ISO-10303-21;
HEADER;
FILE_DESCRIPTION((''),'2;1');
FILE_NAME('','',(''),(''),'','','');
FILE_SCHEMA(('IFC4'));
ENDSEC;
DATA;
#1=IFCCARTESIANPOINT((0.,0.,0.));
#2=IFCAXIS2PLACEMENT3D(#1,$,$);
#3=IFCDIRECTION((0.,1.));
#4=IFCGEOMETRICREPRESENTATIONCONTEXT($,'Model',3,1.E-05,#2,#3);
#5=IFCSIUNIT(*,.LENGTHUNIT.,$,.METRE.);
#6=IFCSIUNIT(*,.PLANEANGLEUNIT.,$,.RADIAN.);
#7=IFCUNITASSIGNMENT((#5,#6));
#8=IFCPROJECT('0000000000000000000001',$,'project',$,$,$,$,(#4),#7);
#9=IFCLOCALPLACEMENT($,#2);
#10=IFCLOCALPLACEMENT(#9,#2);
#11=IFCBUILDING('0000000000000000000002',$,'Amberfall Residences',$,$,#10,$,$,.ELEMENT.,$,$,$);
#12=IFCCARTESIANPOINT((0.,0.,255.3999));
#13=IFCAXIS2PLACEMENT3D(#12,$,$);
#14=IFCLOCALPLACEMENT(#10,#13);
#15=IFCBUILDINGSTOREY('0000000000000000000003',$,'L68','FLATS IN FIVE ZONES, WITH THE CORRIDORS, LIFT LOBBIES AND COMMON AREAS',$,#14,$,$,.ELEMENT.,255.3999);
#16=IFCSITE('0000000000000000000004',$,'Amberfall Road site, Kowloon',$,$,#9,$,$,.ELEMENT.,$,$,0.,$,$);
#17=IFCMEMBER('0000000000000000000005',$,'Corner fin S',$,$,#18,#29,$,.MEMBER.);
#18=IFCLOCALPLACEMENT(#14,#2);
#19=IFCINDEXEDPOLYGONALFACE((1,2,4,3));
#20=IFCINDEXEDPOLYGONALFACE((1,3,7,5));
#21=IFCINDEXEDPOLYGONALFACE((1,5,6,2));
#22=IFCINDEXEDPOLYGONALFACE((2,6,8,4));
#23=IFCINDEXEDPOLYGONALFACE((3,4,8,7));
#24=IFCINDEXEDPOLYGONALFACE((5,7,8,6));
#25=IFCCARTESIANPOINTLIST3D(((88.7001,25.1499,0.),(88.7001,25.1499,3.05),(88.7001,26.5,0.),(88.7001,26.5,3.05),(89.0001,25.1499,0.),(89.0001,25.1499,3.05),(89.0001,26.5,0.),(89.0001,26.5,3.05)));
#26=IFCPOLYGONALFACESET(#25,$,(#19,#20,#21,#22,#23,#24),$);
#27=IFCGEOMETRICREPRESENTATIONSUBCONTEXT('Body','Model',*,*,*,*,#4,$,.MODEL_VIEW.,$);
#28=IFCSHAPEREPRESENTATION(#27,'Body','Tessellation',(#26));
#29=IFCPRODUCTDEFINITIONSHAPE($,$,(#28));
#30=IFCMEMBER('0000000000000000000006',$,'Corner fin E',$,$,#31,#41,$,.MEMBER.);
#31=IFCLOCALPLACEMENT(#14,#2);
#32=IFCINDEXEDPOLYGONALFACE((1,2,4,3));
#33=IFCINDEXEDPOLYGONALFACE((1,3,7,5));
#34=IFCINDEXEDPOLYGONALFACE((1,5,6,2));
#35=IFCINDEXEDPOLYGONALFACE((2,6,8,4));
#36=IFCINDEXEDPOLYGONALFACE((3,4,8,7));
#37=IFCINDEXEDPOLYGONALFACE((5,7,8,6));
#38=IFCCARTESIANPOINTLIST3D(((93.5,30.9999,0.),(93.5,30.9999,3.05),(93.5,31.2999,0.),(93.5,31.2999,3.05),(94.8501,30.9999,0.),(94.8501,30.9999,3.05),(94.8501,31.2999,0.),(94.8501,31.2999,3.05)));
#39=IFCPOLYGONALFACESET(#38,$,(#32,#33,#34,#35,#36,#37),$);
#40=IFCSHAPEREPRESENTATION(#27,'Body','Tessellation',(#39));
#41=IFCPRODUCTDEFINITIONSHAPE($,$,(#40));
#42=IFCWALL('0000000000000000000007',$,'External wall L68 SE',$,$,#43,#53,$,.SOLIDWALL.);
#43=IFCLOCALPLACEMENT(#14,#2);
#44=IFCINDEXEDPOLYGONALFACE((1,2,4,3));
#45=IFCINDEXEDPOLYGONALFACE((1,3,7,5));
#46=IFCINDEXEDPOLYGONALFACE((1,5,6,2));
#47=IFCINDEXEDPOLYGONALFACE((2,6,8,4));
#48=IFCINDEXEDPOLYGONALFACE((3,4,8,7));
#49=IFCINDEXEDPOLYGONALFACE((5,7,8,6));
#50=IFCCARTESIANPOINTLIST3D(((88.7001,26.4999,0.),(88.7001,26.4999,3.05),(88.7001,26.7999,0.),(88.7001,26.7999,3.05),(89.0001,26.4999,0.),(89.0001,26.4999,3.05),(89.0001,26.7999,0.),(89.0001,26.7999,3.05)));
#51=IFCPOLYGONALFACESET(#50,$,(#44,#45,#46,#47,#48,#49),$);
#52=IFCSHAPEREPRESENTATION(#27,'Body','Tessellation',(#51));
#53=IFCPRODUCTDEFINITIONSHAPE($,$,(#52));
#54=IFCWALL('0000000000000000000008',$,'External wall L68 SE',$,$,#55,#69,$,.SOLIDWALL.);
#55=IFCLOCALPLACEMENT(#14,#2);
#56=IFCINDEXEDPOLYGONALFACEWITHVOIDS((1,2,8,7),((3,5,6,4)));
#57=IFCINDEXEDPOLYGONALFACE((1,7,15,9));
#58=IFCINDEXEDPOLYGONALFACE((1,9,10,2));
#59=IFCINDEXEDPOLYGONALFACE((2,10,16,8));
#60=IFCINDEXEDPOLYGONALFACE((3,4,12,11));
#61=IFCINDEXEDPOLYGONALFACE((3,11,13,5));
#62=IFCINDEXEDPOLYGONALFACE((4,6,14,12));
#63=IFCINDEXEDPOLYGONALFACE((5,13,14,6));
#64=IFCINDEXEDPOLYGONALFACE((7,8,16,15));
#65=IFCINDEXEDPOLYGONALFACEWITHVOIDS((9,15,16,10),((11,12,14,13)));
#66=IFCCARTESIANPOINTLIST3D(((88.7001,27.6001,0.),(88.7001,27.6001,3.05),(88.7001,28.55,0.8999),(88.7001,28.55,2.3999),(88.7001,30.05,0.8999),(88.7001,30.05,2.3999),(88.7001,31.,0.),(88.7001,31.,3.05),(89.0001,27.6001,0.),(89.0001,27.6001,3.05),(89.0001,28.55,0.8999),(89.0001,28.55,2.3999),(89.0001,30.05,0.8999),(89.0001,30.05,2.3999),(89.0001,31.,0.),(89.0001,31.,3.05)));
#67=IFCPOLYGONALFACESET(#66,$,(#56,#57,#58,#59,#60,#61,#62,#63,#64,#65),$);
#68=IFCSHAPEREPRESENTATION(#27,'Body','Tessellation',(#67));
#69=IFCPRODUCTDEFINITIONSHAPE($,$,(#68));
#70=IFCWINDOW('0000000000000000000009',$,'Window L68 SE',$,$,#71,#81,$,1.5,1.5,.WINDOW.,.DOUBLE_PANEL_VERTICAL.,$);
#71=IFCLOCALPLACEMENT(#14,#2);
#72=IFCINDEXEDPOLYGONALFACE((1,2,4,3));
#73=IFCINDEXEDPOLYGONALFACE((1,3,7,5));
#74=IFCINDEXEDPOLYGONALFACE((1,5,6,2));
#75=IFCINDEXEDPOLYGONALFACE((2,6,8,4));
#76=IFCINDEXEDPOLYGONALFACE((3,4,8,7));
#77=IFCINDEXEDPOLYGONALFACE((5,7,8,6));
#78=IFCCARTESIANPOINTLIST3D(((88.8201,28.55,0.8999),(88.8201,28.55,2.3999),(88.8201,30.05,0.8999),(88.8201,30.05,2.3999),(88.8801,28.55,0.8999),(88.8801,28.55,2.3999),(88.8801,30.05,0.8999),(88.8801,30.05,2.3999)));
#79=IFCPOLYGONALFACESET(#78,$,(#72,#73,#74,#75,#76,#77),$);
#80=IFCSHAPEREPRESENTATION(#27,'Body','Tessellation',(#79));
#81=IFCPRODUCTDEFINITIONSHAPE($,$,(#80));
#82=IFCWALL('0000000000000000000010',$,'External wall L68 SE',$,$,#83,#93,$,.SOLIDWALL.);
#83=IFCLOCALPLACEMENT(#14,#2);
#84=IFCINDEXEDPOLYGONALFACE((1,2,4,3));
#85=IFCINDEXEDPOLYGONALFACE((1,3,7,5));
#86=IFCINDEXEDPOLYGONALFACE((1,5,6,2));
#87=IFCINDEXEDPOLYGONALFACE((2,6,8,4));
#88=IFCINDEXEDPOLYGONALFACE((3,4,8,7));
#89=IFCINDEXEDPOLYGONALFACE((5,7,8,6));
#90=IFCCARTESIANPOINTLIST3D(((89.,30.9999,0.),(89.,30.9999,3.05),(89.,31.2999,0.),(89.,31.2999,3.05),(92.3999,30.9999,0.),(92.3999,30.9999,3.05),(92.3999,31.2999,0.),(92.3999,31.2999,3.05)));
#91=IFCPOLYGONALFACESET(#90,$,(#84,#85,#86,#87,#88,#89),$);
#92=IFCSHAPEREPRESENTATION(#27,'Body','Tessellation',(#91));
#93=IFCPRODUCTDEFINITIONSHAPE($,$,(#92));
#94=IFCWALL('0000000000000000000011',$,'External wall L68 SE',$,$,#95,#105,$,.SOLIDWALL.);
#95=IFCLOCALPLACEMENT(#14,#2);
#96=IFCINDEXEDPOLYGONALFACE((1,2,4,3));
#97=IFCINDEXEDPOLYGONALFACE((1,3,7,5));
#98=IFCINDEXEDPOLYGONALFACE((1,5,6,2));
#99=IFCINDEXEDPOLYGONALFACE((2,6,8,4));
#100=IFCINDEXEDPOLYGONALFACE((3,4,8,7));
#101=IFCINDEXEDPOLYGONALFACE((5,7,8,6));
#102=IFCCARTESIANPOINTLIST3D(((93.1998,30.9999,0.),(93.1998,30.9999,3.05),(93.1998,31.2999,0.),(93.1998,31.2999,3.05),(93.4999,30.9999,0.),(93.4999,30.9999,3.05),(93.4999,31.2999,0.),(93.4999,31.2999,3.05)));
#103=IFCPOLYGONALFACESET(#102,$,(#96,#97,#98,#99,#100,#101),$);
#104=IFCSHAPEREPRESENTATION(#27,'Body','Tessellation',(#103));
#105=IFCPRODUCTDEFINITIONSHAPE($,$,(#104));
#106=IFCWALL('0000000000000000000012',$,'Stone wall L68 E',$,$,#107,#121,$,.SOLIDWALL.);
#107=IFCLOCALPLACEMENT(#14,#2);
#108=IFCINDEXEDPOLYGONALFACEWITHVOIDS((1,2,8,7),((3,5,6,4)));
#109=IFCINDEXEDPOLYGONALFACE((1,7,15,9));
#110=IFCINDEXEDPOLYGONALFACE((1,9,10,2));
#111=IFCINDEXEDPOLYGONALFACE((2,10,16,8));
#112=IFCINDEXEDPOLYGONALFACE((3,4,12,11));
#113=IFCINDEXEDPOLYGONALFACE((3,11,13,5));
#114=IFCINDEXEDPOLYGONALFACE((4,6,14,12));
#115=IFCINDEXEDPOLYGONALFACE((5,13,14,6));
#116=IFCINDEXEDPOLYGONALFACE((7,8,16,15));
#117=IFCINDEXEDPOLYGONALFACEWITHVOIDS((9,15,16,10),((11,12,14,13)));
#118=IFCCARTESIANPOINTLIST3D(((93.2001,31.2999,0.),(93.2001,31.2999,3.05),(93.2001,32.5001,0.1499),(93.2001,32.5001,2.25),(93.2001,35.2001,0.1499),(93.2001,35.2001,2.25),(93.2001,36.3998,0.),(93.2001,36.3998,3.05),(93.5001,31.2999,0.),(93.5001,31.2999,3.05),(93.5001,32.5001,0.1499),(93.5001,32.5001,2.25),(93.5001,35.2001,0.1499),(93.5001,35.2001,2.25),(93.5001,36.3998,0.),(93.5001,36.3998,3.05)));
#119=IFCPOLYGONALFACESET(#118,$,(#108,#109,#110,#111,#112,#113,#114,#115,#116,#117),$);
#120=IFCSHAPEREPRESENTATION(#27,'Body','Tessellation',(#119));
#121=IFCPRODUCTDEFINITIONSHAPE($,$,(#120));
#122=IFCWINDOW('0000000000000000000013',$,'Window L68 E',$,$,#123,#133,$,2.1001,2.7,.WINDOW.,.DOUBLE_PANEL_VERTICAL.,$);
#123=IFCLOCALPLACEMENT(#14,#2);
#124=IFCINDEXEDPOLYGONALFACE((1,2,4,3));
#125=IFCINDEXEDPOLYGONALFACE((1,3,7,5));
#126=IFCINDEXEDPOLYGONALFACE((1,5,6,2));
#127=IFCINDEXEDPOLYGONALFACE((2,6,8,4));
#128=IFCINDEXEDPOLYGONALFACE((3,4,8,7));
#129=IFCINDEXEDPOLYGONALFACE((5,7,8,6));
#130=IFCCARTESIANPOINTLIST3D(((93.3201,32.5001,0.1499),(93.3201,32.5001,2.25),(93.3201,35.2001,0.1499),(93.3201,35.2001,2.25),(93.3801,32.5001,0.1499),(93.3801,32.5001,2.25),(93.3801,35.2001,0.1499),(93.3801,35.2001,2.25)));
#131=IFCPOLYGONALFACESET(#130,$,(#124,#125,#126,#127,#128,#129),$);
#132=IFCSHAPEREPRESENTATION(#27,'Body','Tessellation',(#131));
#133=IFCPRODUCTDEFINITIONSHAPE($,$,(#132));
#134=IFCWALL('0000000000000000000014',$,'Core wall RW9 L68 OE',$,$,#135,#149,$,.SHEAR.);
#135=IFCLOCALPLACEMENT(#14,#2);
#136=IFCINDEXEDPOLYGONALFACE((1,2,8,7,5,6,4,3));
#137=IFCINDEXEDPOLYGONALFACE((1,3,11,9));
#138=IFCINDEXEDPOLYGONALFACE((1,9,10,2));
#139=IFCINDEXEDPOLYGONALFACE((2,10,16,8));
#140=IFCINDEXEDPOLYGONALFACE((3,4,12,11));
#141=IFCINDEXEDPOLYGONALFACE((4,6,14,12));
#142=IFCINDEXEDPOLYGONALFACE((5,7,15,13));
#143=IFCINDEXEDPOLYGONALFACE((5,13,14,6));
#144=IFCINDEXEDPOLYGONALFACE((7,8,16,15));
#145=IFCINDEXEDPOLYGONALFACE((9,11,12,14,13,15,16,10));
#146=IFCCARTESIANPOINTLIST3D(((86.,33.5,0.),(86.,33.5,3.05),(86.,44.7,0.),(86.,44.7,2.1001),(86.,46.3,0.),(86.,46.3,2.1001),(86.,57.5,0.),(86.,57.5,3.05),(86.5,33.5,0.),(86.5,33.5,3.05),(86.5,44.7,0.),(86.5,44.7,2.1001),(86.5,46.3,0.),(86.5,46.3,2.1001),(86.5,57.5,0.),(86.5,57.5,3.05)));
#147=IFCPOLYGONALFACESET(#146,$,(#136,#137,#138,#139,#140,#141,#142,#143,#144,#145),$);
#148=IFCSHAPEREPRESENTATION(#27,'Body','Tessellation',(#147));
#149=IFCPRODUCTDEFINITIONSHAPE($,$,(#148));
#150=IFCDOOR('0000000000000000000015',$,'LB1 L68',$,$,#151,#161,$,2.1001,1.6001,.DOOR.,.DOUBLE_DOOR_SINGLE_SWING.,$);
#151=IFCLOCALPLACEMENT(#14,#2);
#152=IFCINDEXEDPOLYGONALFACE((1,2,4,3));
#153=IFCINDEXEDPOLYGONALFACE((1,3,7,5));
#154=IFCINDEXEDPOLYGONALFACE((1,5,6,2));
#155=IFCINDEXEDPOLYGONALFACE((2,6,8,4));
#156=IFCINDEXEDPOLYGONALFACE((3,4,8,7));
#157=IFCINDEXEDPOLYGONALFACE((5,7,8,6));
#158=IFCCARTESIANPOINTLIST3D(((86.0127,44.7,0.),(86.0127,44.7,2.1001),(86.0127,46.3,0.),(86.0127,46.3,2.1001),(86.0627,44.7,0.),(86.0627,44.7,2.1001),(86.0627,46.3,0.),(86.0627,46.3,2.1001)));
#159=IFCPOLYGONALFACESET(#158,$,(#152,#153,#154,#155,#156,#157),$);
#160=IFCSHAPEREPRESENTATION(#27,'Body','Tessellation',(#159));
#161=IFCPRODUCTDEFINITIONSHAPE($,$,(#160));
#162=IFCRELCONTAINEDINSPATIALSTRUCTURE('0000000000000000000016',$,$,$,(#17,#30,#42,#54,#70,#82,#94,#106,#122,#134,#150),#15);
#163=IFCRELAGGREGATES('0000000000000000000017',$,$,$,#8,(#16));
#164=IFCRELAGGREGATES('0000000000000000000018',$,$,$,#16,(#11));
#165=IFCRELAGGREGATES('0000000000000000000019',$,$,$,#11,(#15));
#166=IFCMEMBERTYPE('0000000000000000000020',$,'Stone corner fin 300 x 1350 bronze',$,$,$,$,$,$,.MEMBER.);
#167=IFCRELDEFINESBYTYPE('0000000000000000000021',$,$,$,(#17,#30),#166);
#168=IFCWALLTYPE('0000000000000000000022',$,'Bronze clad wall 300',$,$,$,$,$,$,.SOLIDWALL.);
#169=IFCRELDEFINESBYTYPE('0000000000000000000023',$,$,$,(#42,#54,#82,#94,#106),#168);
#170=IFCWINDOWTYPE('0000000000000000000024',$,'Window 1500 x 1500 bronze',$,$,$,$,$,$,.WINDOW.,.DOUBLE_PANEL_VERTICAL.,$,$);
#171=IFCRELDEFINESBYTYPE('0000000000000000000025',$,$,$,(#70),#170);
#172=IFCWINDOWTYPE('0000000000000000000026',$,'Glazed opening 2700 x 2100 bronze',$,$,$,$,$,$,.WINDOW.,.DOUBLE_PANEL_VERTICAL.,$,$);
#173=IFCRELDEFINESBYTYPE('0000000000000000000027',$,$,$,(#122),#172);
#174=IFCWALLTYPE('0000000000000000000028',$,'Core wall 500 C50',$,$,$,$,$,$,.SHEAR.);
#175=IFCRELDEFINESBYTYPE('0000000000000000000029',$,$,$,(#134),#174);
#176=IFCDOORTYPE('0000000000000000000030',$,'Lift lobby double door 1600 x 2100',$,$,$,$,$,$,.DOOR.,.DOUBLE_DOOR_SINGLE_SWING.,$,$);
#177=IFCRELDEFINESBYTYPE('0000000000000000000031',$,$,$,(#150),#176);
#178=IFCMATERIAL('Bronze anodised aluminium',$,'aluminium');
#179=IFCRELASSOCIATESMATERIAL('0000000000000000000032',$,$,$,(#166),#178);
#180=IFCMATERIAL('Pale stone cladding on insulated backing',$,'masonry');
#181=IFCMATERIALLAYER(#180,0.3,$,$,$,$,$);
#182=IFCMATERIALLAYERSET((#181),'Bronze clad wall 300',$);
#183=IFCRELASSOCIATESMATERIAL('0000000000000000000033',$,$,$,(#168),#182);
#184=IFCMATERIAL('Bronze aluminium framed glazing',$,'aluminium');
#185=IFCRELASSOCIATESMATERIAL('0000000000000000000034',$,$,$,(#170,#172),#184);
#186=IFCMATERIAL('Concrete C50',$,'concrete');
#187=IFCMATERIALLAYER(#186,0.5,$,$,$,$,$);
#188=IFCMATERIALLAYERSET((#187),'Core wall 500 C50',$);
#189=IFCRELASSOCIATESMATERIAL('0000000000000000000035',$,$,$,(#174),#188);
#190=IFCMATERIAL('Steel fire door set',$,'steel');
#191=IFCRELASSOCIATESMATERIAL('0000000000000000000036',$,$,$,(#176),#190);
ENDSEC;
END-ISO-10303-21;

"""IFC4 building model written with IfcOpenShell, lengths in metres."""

from ifc_helpers import new_model, si_unit, direction, frame, frame_2d, origin, origin_2d, place, context, subcontext, project, spatial, rectangle, extrude, material, layer, layer_set, material_profile, profile_set, type_object, element, fill, save


model = new_model("IFC4")

# Units and contexts
model_context = context("Model", 3, precision=1e-05, world=origin(), true_north=direction((0.0, 1.0)))
body_context = subcontext(model_context, "Body", "Model", "MODEL_VIEW")
ifc_project = project(units=[si_unit("LENGTHUNIT", "METRE"), si_unit("PLANEANGLEUNIT", "RADIAN")], contexts=[model_context])

# Site, building, storey
site_placement = place(None, origin())
site = spatial("IfcSite", under=ifc_project, at=site_placement, Name="Amberfall Road site, Kowloon", CompositionType="ELEMENT", RefElevation=0.0)
building_placement = place(site_placement, origin())
building = spatial("IfcBuilding", under=site, at=building_placement, Name="Amberfall Residences", CompositionType="ELEMENT")
storey_placement = place(building_placement, frame((0.0, 0.0, 255.3999)))
storey = spatial("IfcBuildingStorey", under=building, at=storey_placement, Name="L68", Description="FLATS IN FIVE ZONES, WITH THE CORRIDORS, LIFT LOBBIES AND COMMON AREAS", CompositionType="ELEMENT", Elevation=255.3999)

# Shared definitions
ifc_material_1 = material(Name="Concrete C50", Category="concrete")

# Members
ifc_material_2 = material(Name="Bronze anodised aluminium", Category="aluminium")
ifc_material_profile_1 = material_profile(ifc_material_2, rectangle(XDim=1.3501, YDim=0.3, at=origin_2d()), Name="Stone corner fin 300 x 1350 bronze")
ifc_profile_set_1 = profile_set([ifc_material_profile_1], Name="Bronze anodised aluminium")
member_type = type_object("IfcMemberType", Name="Stone corner fin 300 x 1350 bronze", PredefinedType="MEMBER", material=ifc_profile_set_1)
for number, where, z_axis, x_axis, name in (
    (1, (88.8501, 25.825, 0.0), (0.0, 0.0, 1.0), (0.0, 1.0, 0.0), "Corner fin S"),
    (2, (94.175, 31.1499, 0.0), (0.0, 0.0, 1.0), (-1.0, 0.0, 0.0), "Corner fin E"),
):
    element("IfcMember", number, at=place(storey_placement, frame(where, z_axis=z_axis, x_axis=x_axis)), inside=storey, type_object=member_type, Name=name, PredefinedType="MEMBER", context=body_context, shape_type="SweptSolid", body=[
        extrude(rectangle(XDim=1.3501, YDim=0.3, at=origin_2d()), origin(), (0.0, 0.0, 1.0), 3.05),
    ])

# Wall
ifc_material_3 = material(Name="Pale stone cladding on insulated backing", Category="masonry")
ifc_layer_1 = layer(ifc_material_3, 0.3)
ifc_layer_set_1 = layer_set([ifc_layer_1], Name="Bronze clad wall 300")
wall_type_1 = type_object("IfcWallType", Name="Bronze clad wall 300", PredefinedType="SOLIDWALL", material=ifc_layer_set_1)
wall_1_placement = place(storey_placement, frame((88.8501, 26.5, 0.0), z_axis=(0.0, 0.0, 1.0), x_axis=(0.0, 1.0, 0.0)))
element("IfcWall", 3, at=wall_1_placement, inside=storey, type_object=wall_type_1, Name="External wall L68 SE", PredefinedType="SOLIDWALL", context=body_context, shape_type="SweptSolid", body=[
    extrude(rectangle(XDim=0.3, YDim=0.3, at=frame_2d((0.1499, 0.0))), origin(), (0.0, 0.0, 1.0), 3.05),
])

# Wall, opening, window
wall_2_placement = place(storey_placement, frame((88.8501, 27.6001, 0.0), z_axis=(0.0, 0.0, 1.0), x_axis=(0.0, 1.0, 0.0)))
wall_2 = element("IfcWall", 4, at=wall_2_placement, inside=storey, type_object=wall_type_1, Name="External wall L68 SE", PredefinedType="SOLIDWALL", context=body_context, shape_type="SweptSolid", body=[
    extrude(rectangle(XDim=3.3999, YDim=0.3, at=frame_2d((1.7, 0.0))), origin(), (0.0, 0.0, 1.0), 3.05),
])
opening_1_placement = place(wall_2_placement, frame((0.95, 0.0, 0.8999)))
opening_1 = element("IfcOpeningElement", 5, at=opening_1_placement, cuts=wall_2, PredefinedType="OPENING", context=body_context, shape_type="SweptSolid", body=[
    extrude(rectangle(XDim=1.5, YDim=1.5, at=frame_2d((0.75, 0.75))), frame((0.0, 0.1599, 0.0), z_axis=(0.0, -1.0, 0.0), x_axis=(1.0, 0.0, 0.0)), (0.0, 0.0, 1.0), 0.3201),
])
ifc_material_4 = material(Name="Bronze aluminium framed glazing", Category="aluminium")
window_type_1 = type_object("IfcWindowType", Name="Window 1500 x 1500 bronze", PartitioningType="DOUBLE_PANEL_VERTICAL", PredefinedType="WINDOW", material=ifc_material_4)
window_1_placement = place(opening_1_placement, origin())
window_1 = element("IfcWindow", 6, at=window_1_placement, inside=storey, type_object=window_type_1, Name="Window L68 SE", OverallHeight=1.5, OverallWidth=1.5, PartitioningType="DOUBLE_PANEL_VERTICAL", PredefinedType="WINDOW", context=body_context, shape_type="SweptSolid", body=[
    extrude(rectangle(XDim=1.5, YDim=1.5, at=frame_2d((0.75, 0.75))), frame((0.0, 0.03, 0.0), z_axis=(0.0, -1.0, 0.0), x_axis=(1.0, 0.0, 0.0)), (0.0, 0.0, 1.0), 0.0601),
])
fill(opening_1, window_1)

# Walls
wall_3_placement = place(storey_placement, frame((89.0, 31.1499, 0.0), z_axis=(0.0, 0.0, 1.0), x_axis=(1.0, 0.0, 0.0)))
element("IfcWall", 7, at=wall_3_placement, inside=storey, type_object=wall_type_1, Name="External wall L68 SE", PredefinedType="SOLIDWALL", context=body_context, shape_type="SweptSolid", body=[
    extrude(rectangle(XDim=3.3999, YDim=0.3, at=frame_2d((1.7, 0.0))), origin(), (0.0, 0.0, 1.0), 3.05),
])
wall_4_placement = place(storey_placement, frame((93.2, 31.1499, 0.0), z_axis=(0.0, 0.0, 1.0), x_axis=(1.0, 0.0, 0.0)))
element("IfcWall", 8, at=wall_4_placement, inside=storey, type_object=wall_type_1, Name="External wall L68 SE", PredefinedType="SOLIDWALL", context=body_context, shape_type="SweptSolid", body=[
    extrude(rectangle(XDim=0.3, YDim=0.3, at=frame_2d((0.1499, 0.0))), origin(), (0.0, 0.0, 1.0), 3.05),
])

# Wall, opening, window
wall_5_placement = place(storey_placement, frame((93.3501, 31.3, 0.0), z_axis=(0.0, 0.0, 1.0), x_axis=(0.0, 1.0, 0.0)))
wall_5 = element("IfcWall", 9, at=wall_5_placement, inside=storey, type_object=wall_type_1, Name="Stone wall L68 E", PredefinedType="SOLIDWALL", context=body_context, shape_type="SweptSolid", body=[
    extrude(rectangle(XDim=5.0999, YDim=0.3, at=frame_2d((2.5498, 0.0))), origin(), (0.0, 0.0, 1.0), 3.05),
])
opening_2_placement = place(wall_5_placement, frame((1.2, 0.0, 0.1499)))
opening_2 = element("IfcOpeningElement", 10, at=opening_2_placement, cuts=wall_5, PredefinedType="OPENING", context=body_context, shape_type="SweptSolid", body=[
    extrude(rectangle(XDim=2.7, YDim=2.1001, at=frame_2d((1.3501, 1.05))), frame((0.0, 0.1599, 0.0), z_axis=(0.0, -1.0, 0.0), x_axis=(1.0, 0.0, 0.0)), (0.0, 0.0, 1.0), 0.3201),
])
window_type_2 = type_object("IfcWindowType", Name="Glazed opening 2700 x 2100 bronze", PartitioningType="DOUBLE_PANEL_VERTICAL", PredefinedType="WINDOW", material=ifc_material_4)
window_2_placement = place(opening_2_placement, origin())
window_2 = element("IfcWindow", 11, at=window_2_placement, inside=storey, type_object=window_type_2, Name="Window L68 E", OverallHeight=2.1001, OverallWidth=2.7, PartitioningType="DOUBLE_PANEL_VERTICAL", PredefinedType="WINDOW", context=body_context, shape_type="SweptSolid", body=[
    extrude(rectangle(XDim=2.7, YDim=2.1001, at=frame_2d((1.3501, 1.05))), frame((0.0, 0.03, 0.0), z_axis=(0.0, -1.0, 0.0), x_axis=(1.0, 0.0, 0.0)), (0.0, 0.0, 1.0), 0.0601),
])
fill(opening_2, window_2)

# Wall, opening, door
ifc_layer_2 = layer(ifc_material_1, 0.5)
ifc_layer_set_2 = layer_set([ifc_layer_2], Name="Core wall 500 C50")
wall_type_2 = type_object("IfcWallType", Name="Core wall 500 C50", PredefinedType="SHEAR", material=ifc_layer_set_2)
wall_6_placement = place(storey_placement, frame((86.25, 33.5, 0.0), z_axis=(0.0, 0.0, 1.0), x_axis=(0.0, 1.0, 0.0)))
wall_6 = element("IfcWall", 12, at=wall_6_placement, inside=storey, type_object=wall_type_2, Name="Core wall RW9 L68 OE", PredefinedType="SHEAR", context=body_context, shape_type="SweptSolid", body=[
    extrude(rectangle(XDim=24.0, YDim=0.5, at=frame_2d((12.0, 0.0))), origin(), (0.0, 0.0, 1.0), 3.05),
])
opening_3_placement = place(wall_6_placement, frame((11.2, 0.0, 0.0)))
opening_3 = element("IfcOpeningElement", 13, at=opening_3_placement, cuts=wall_6, PredefinedType="OPENING", context=body_context, shape_type="SweptSolid", body=[
    extrude(rectangle(XDim=1.6001, YDim=2.1001, at=frame_2d((0.8, 1.05))), frame((0.0, 0.26, 0.0), z_axis=(0.0, -1.0, 0.0), x_axis=(1.0, 0.0, 0.0)), (0.0, 0.0, 1.0), 0.52),
])
ifc_material_5 = material(Name="Steel fire door set", Category="steel")
door_type_1 = type_object("IfcDoorType", Name="Lift lobby double door 1600 x 2100", OperationType="DOUBLE_DOOR_SINGLE_SWING", PredefinedType="DOOR", material=ifc_material_5)
door_1_placement = place(opening_3_placement, origin())
door_1 = element("IfcDoor", 14, at=door_1_placement, inside=storey, type_object=door_type_1, Name="LB1 L68", OperationType="DOUBLE_DOOR_SINGLE_SWING", OverallHeight=2.1001, OverallWidth=1.6001, PredefinedType="DOOR", context=body_context, shape_type="SweptSolid", body=[
    extrude(rectangle(XDim=1.6001, YDim=2.1001, at=frame_2d((0.8, 1.05))), frame((0.0, 0.2373, 0.0), z_axis=(0.0, -1.0, 0.0), x_axis=(1.0, 0.0, 0.0)), (0.0, 0.0, 1.0), 0.05),
])
fill(opening_3, door_1)

save(model, "model.ifc")
